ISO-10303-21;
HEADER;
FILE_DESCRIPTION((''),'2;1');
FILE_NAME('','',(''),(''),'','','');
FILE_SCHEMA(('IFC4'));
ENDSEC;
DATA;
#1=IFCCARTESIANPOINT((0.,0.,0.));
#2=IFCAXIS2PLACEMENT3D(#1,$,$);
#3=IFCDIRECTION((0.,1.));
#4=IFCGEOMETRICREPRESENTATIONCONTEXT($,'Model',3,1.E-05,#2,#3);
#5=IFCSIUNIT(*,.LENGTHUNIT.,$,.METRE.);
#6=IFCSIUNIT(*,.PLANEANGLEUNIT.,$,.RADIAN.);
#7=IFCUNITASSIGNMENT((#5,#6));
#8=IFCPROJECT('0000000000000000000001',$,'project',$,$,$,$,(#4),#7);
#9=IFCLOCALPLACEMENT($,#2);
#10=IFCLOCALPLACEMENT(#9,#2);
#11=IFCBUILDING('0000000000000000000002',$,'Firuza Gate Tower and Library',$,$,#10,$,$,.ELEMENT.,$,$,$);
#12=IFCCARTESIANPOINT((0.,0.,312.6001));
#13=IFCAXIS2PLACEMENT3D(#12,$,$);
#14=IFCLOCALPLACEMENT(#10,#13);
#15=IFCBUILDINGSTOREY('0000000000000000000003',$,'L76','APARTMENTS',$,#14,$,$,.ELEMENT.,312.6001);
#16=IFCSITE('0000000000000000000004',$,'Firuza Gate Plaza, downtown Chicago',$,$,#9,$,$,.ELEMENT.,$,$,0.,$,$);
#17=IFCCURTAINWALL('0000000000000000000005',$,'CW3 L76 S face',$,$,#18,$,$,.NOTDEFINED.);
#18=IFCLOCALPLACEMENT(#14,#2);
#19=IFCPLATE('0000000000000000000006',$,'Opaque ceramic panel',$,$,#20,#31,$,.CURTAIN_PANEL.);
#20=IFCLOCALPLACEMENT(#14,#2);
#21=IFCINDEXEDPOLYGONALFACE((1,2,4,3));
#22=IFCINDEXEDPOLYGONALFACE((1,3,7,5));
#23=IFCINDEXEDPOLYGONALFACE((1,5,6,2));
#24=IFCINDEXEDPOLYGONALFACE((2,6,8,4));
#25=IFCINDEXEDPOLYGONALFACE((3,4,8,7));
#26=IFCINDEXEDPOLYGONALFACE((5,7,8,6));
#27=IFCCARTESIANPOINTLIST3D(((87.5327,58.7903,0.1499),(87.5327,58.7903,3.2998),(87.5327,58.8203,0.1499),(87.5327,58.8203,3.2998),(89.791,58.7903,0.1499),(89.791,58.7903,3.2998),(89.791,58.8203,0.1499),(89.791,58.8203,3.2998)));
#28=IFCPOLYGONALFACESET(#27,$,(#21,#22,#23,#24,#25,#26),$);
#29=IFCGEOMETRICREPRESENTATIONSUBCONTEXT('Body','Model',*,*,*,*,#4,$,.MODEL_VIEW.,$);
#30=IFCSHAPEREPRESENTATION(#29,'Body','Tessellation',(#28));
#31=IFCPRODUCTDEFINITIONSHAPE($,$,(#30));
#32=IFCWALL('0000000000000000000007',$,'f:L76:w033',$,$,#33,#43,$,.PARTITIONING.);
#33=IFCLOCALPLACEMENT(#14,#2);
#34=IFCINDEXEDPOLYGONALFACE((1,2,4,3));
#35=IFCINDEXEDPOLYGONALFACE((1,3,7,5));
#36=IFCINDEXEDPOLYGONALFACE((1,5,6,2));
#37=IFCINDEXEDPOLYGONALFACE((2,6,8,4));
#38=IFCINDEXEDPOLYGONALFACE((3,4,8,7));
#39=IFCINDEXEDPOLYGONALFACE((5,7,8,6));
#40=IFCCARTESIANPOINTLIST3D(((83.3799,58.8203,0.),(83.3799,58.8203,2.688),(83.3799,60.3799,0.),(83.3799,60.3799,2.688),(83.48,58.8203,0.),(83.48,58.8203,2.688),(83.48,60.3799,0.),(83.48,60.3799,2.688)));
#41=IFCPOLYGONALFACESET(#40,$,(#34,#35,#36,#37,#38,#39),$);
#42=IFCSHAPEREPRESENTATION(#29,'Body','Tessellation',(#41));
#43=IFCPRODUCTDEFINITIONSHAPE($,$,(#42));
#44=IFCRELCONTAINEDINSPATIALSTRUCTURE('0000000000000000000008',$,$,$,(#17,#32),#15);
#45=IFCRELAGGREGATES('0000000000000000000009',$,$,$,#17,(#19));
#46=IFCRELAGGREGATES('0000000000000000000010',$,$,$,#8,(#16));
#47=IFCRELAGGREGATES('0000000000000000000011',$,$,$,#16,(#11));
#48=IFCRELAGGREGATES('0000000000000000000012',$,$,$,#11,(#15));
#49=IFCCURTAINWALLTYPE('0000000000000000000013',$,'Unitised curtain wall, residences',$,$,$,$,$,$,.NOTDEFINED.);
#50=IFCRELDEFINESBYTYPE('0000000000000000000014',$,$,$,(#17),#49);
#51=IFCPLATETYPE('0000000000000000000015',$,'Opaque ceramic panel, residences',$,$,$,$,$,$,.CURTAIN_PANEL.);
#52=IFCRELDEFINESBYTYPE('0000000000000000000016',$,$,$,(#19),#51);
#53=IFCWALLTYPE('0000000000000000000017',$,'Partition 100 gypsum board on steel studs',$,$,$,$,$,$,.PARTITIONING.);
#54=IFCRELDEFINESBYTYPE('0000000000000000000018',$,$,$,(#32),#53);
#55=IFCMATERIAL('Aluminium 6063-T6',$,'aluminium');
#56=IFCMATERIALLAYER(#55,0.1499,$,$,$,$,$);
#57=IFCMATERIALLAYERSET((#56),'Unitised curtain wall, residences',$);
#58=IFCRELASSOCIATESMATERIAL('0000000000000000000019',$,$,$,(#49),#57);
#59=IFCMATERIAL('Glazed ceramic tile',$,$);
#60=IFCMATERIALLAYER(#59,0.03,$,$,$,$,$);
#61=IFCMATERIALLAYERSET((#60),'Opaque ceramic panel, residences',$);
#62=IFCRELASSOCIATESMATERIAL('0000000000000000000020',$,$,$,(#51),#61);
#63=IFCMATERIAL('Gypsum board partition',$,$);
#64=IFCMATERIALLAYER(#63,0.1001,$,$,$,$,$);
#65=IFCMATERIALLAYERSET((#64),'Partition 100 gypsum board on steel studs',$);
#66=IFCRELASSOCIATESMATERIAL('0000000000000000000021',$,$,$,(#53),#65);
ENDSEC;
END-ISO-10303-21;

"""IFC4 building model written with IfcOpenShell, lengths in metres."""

from ifc_helpers import new_model, si_unit, direction, frame, frame_2d, origin, place, context, subcontext, project, spatial, polyline, rectangle, outline, extrude, material, layer, layer_set, type_object, element, aggregate, save


model = new_model("IFC4")

# Units and contexts
model_context = context("Model", 3, precision=1e-05, world=origin(), true_north=direction((0.0, 1.0)))
body_context = subcontext(model_context, "Body", "Model", "MODEL_VIEW")
ifc_project = project(units=[si_unit("LENGTHUNIT", "METRE"), si_unit("PLANEANGLEUNIT", "RADIAN")], contexts=[model_context])

# Site, building, storey
site_placement = place(None, origin())
site = spatial("IfcSite", under=ifc_project, at=site_placement, Name="Firuza Gate Plaza, downtown Chicago", CompositionType="ELEMENT", RefElevation=0.0)
building_placement = place(site_placement, origin())
building = spatial("IfcBuilding", under=site, at=building_placement, Name="Firuza Gate Tower and Library", CompositionType="ELEMENT")
storey_placement = place(building_placement, frame((0.0, 0.0, 312.6001)))
storey = spatial("IfcBuildingStorey", under=building, at=storey_placement, Name="L76", Description="APARTMENTS", CompositionType="ELEMENT", Elevation=312.6001)

# Curtain wall, plate
ifc_material_1 = material(Name="Aluminium 6063-T6", Category="aluminium")
ifc_layer_1 = layer(ifc_material_1, 0.1499)
ifc_layer_set_1 = layer_set([ifc_layer_1], Name="Unitised curtain wall, residences")
curtain_wall_type = type_object("IfcCurtainWallType", Name="Unitised curtain wall, residences", PredefinedType="NOTDEFINED", material=ifc_layer_set_1)
curtain_wall_placement = place(storey_placement, origin())
curtain_wall = element("IfcCurtainWall", 1, at=curtain_wall_placement, inside=storey, type_object=curtain_wall_type, Name="CW3 L76 S face", PredefinedType="NOTDEFINED")
ifc_material_2 = material(Name="Glazed ceramic tile")
ifc_layer_2 = layer(ifc_material_2, 0.03)
ifc_layer_set_2 = layer_set([ifc_layer_2], Name="Opaque ceramic panel, residences")
plate_type_1 = type_object("IfcPlateType", Name="Opaque ceramic panel, residences", PredefinedType="CURTAIN_PANEL", material=ifc_layer_set_2)
plate_1_placement = place(storey_placement, frame((87.5327, 58.7903, 0.1499), z_axis=(0.0, -1.0, 0.0), x_axis=(1.0, 0.0, 0.0)))
plate_1 = element("IfcPlate", 2, at=plate_1_placement, type_object=plate_type_1, Name="Opaque ceramic panel", PredefinedType="CURTAIN_PANEL", context=body_context, shape_type="SweptSolid", body=[
    extrude(outline(polyline([(0.0, 0.0), (2.2583, 0.0), (2.2583, 3.1499), (0.0, 3.1499), (0.0, 0.0)])), origin(), (0.0, 0.0, -1.0), 0.03),
])
aggregate(curtain_wall, [plate_1])

# Wall
ifc_material_3 = material(Name="Gypsum board partition")
ifc_layer_3 = layer(ifc_material_3, 0.1001)
ifc_layer_set_3 = layer_set([ifc_layer_3], Name="Partition 100 gypsum board on steel studs")
wall_type = type_object("IfcWallType", Name="Partition 100 gypsum board on steel studs", PredefinedType="PARTITIONING", material=ifc_layer_set_3)
wall_placement = place(storey_placement, frame((83.4299, 58.8203, 0.0), z_axis=(0.0, 0.0, 1.0), x_axis=(0.0, 1.0, 0.0)))
element("IfcWall", 3, at=wall_placement, inside=storey, type_object=wall_type, Name="f:L76:w033", PredefinedType="PARTITIONING", context=body_context, shape_type="SweptSolid", body=[
    extrude(rectangle(XDim=1.5596, YDim=0.1001, at=frame_2d((0.7798, 0.0))), origin(), (0.0, 0.0, 1.0), 2.688),
])

save(model, "model.ifc")
